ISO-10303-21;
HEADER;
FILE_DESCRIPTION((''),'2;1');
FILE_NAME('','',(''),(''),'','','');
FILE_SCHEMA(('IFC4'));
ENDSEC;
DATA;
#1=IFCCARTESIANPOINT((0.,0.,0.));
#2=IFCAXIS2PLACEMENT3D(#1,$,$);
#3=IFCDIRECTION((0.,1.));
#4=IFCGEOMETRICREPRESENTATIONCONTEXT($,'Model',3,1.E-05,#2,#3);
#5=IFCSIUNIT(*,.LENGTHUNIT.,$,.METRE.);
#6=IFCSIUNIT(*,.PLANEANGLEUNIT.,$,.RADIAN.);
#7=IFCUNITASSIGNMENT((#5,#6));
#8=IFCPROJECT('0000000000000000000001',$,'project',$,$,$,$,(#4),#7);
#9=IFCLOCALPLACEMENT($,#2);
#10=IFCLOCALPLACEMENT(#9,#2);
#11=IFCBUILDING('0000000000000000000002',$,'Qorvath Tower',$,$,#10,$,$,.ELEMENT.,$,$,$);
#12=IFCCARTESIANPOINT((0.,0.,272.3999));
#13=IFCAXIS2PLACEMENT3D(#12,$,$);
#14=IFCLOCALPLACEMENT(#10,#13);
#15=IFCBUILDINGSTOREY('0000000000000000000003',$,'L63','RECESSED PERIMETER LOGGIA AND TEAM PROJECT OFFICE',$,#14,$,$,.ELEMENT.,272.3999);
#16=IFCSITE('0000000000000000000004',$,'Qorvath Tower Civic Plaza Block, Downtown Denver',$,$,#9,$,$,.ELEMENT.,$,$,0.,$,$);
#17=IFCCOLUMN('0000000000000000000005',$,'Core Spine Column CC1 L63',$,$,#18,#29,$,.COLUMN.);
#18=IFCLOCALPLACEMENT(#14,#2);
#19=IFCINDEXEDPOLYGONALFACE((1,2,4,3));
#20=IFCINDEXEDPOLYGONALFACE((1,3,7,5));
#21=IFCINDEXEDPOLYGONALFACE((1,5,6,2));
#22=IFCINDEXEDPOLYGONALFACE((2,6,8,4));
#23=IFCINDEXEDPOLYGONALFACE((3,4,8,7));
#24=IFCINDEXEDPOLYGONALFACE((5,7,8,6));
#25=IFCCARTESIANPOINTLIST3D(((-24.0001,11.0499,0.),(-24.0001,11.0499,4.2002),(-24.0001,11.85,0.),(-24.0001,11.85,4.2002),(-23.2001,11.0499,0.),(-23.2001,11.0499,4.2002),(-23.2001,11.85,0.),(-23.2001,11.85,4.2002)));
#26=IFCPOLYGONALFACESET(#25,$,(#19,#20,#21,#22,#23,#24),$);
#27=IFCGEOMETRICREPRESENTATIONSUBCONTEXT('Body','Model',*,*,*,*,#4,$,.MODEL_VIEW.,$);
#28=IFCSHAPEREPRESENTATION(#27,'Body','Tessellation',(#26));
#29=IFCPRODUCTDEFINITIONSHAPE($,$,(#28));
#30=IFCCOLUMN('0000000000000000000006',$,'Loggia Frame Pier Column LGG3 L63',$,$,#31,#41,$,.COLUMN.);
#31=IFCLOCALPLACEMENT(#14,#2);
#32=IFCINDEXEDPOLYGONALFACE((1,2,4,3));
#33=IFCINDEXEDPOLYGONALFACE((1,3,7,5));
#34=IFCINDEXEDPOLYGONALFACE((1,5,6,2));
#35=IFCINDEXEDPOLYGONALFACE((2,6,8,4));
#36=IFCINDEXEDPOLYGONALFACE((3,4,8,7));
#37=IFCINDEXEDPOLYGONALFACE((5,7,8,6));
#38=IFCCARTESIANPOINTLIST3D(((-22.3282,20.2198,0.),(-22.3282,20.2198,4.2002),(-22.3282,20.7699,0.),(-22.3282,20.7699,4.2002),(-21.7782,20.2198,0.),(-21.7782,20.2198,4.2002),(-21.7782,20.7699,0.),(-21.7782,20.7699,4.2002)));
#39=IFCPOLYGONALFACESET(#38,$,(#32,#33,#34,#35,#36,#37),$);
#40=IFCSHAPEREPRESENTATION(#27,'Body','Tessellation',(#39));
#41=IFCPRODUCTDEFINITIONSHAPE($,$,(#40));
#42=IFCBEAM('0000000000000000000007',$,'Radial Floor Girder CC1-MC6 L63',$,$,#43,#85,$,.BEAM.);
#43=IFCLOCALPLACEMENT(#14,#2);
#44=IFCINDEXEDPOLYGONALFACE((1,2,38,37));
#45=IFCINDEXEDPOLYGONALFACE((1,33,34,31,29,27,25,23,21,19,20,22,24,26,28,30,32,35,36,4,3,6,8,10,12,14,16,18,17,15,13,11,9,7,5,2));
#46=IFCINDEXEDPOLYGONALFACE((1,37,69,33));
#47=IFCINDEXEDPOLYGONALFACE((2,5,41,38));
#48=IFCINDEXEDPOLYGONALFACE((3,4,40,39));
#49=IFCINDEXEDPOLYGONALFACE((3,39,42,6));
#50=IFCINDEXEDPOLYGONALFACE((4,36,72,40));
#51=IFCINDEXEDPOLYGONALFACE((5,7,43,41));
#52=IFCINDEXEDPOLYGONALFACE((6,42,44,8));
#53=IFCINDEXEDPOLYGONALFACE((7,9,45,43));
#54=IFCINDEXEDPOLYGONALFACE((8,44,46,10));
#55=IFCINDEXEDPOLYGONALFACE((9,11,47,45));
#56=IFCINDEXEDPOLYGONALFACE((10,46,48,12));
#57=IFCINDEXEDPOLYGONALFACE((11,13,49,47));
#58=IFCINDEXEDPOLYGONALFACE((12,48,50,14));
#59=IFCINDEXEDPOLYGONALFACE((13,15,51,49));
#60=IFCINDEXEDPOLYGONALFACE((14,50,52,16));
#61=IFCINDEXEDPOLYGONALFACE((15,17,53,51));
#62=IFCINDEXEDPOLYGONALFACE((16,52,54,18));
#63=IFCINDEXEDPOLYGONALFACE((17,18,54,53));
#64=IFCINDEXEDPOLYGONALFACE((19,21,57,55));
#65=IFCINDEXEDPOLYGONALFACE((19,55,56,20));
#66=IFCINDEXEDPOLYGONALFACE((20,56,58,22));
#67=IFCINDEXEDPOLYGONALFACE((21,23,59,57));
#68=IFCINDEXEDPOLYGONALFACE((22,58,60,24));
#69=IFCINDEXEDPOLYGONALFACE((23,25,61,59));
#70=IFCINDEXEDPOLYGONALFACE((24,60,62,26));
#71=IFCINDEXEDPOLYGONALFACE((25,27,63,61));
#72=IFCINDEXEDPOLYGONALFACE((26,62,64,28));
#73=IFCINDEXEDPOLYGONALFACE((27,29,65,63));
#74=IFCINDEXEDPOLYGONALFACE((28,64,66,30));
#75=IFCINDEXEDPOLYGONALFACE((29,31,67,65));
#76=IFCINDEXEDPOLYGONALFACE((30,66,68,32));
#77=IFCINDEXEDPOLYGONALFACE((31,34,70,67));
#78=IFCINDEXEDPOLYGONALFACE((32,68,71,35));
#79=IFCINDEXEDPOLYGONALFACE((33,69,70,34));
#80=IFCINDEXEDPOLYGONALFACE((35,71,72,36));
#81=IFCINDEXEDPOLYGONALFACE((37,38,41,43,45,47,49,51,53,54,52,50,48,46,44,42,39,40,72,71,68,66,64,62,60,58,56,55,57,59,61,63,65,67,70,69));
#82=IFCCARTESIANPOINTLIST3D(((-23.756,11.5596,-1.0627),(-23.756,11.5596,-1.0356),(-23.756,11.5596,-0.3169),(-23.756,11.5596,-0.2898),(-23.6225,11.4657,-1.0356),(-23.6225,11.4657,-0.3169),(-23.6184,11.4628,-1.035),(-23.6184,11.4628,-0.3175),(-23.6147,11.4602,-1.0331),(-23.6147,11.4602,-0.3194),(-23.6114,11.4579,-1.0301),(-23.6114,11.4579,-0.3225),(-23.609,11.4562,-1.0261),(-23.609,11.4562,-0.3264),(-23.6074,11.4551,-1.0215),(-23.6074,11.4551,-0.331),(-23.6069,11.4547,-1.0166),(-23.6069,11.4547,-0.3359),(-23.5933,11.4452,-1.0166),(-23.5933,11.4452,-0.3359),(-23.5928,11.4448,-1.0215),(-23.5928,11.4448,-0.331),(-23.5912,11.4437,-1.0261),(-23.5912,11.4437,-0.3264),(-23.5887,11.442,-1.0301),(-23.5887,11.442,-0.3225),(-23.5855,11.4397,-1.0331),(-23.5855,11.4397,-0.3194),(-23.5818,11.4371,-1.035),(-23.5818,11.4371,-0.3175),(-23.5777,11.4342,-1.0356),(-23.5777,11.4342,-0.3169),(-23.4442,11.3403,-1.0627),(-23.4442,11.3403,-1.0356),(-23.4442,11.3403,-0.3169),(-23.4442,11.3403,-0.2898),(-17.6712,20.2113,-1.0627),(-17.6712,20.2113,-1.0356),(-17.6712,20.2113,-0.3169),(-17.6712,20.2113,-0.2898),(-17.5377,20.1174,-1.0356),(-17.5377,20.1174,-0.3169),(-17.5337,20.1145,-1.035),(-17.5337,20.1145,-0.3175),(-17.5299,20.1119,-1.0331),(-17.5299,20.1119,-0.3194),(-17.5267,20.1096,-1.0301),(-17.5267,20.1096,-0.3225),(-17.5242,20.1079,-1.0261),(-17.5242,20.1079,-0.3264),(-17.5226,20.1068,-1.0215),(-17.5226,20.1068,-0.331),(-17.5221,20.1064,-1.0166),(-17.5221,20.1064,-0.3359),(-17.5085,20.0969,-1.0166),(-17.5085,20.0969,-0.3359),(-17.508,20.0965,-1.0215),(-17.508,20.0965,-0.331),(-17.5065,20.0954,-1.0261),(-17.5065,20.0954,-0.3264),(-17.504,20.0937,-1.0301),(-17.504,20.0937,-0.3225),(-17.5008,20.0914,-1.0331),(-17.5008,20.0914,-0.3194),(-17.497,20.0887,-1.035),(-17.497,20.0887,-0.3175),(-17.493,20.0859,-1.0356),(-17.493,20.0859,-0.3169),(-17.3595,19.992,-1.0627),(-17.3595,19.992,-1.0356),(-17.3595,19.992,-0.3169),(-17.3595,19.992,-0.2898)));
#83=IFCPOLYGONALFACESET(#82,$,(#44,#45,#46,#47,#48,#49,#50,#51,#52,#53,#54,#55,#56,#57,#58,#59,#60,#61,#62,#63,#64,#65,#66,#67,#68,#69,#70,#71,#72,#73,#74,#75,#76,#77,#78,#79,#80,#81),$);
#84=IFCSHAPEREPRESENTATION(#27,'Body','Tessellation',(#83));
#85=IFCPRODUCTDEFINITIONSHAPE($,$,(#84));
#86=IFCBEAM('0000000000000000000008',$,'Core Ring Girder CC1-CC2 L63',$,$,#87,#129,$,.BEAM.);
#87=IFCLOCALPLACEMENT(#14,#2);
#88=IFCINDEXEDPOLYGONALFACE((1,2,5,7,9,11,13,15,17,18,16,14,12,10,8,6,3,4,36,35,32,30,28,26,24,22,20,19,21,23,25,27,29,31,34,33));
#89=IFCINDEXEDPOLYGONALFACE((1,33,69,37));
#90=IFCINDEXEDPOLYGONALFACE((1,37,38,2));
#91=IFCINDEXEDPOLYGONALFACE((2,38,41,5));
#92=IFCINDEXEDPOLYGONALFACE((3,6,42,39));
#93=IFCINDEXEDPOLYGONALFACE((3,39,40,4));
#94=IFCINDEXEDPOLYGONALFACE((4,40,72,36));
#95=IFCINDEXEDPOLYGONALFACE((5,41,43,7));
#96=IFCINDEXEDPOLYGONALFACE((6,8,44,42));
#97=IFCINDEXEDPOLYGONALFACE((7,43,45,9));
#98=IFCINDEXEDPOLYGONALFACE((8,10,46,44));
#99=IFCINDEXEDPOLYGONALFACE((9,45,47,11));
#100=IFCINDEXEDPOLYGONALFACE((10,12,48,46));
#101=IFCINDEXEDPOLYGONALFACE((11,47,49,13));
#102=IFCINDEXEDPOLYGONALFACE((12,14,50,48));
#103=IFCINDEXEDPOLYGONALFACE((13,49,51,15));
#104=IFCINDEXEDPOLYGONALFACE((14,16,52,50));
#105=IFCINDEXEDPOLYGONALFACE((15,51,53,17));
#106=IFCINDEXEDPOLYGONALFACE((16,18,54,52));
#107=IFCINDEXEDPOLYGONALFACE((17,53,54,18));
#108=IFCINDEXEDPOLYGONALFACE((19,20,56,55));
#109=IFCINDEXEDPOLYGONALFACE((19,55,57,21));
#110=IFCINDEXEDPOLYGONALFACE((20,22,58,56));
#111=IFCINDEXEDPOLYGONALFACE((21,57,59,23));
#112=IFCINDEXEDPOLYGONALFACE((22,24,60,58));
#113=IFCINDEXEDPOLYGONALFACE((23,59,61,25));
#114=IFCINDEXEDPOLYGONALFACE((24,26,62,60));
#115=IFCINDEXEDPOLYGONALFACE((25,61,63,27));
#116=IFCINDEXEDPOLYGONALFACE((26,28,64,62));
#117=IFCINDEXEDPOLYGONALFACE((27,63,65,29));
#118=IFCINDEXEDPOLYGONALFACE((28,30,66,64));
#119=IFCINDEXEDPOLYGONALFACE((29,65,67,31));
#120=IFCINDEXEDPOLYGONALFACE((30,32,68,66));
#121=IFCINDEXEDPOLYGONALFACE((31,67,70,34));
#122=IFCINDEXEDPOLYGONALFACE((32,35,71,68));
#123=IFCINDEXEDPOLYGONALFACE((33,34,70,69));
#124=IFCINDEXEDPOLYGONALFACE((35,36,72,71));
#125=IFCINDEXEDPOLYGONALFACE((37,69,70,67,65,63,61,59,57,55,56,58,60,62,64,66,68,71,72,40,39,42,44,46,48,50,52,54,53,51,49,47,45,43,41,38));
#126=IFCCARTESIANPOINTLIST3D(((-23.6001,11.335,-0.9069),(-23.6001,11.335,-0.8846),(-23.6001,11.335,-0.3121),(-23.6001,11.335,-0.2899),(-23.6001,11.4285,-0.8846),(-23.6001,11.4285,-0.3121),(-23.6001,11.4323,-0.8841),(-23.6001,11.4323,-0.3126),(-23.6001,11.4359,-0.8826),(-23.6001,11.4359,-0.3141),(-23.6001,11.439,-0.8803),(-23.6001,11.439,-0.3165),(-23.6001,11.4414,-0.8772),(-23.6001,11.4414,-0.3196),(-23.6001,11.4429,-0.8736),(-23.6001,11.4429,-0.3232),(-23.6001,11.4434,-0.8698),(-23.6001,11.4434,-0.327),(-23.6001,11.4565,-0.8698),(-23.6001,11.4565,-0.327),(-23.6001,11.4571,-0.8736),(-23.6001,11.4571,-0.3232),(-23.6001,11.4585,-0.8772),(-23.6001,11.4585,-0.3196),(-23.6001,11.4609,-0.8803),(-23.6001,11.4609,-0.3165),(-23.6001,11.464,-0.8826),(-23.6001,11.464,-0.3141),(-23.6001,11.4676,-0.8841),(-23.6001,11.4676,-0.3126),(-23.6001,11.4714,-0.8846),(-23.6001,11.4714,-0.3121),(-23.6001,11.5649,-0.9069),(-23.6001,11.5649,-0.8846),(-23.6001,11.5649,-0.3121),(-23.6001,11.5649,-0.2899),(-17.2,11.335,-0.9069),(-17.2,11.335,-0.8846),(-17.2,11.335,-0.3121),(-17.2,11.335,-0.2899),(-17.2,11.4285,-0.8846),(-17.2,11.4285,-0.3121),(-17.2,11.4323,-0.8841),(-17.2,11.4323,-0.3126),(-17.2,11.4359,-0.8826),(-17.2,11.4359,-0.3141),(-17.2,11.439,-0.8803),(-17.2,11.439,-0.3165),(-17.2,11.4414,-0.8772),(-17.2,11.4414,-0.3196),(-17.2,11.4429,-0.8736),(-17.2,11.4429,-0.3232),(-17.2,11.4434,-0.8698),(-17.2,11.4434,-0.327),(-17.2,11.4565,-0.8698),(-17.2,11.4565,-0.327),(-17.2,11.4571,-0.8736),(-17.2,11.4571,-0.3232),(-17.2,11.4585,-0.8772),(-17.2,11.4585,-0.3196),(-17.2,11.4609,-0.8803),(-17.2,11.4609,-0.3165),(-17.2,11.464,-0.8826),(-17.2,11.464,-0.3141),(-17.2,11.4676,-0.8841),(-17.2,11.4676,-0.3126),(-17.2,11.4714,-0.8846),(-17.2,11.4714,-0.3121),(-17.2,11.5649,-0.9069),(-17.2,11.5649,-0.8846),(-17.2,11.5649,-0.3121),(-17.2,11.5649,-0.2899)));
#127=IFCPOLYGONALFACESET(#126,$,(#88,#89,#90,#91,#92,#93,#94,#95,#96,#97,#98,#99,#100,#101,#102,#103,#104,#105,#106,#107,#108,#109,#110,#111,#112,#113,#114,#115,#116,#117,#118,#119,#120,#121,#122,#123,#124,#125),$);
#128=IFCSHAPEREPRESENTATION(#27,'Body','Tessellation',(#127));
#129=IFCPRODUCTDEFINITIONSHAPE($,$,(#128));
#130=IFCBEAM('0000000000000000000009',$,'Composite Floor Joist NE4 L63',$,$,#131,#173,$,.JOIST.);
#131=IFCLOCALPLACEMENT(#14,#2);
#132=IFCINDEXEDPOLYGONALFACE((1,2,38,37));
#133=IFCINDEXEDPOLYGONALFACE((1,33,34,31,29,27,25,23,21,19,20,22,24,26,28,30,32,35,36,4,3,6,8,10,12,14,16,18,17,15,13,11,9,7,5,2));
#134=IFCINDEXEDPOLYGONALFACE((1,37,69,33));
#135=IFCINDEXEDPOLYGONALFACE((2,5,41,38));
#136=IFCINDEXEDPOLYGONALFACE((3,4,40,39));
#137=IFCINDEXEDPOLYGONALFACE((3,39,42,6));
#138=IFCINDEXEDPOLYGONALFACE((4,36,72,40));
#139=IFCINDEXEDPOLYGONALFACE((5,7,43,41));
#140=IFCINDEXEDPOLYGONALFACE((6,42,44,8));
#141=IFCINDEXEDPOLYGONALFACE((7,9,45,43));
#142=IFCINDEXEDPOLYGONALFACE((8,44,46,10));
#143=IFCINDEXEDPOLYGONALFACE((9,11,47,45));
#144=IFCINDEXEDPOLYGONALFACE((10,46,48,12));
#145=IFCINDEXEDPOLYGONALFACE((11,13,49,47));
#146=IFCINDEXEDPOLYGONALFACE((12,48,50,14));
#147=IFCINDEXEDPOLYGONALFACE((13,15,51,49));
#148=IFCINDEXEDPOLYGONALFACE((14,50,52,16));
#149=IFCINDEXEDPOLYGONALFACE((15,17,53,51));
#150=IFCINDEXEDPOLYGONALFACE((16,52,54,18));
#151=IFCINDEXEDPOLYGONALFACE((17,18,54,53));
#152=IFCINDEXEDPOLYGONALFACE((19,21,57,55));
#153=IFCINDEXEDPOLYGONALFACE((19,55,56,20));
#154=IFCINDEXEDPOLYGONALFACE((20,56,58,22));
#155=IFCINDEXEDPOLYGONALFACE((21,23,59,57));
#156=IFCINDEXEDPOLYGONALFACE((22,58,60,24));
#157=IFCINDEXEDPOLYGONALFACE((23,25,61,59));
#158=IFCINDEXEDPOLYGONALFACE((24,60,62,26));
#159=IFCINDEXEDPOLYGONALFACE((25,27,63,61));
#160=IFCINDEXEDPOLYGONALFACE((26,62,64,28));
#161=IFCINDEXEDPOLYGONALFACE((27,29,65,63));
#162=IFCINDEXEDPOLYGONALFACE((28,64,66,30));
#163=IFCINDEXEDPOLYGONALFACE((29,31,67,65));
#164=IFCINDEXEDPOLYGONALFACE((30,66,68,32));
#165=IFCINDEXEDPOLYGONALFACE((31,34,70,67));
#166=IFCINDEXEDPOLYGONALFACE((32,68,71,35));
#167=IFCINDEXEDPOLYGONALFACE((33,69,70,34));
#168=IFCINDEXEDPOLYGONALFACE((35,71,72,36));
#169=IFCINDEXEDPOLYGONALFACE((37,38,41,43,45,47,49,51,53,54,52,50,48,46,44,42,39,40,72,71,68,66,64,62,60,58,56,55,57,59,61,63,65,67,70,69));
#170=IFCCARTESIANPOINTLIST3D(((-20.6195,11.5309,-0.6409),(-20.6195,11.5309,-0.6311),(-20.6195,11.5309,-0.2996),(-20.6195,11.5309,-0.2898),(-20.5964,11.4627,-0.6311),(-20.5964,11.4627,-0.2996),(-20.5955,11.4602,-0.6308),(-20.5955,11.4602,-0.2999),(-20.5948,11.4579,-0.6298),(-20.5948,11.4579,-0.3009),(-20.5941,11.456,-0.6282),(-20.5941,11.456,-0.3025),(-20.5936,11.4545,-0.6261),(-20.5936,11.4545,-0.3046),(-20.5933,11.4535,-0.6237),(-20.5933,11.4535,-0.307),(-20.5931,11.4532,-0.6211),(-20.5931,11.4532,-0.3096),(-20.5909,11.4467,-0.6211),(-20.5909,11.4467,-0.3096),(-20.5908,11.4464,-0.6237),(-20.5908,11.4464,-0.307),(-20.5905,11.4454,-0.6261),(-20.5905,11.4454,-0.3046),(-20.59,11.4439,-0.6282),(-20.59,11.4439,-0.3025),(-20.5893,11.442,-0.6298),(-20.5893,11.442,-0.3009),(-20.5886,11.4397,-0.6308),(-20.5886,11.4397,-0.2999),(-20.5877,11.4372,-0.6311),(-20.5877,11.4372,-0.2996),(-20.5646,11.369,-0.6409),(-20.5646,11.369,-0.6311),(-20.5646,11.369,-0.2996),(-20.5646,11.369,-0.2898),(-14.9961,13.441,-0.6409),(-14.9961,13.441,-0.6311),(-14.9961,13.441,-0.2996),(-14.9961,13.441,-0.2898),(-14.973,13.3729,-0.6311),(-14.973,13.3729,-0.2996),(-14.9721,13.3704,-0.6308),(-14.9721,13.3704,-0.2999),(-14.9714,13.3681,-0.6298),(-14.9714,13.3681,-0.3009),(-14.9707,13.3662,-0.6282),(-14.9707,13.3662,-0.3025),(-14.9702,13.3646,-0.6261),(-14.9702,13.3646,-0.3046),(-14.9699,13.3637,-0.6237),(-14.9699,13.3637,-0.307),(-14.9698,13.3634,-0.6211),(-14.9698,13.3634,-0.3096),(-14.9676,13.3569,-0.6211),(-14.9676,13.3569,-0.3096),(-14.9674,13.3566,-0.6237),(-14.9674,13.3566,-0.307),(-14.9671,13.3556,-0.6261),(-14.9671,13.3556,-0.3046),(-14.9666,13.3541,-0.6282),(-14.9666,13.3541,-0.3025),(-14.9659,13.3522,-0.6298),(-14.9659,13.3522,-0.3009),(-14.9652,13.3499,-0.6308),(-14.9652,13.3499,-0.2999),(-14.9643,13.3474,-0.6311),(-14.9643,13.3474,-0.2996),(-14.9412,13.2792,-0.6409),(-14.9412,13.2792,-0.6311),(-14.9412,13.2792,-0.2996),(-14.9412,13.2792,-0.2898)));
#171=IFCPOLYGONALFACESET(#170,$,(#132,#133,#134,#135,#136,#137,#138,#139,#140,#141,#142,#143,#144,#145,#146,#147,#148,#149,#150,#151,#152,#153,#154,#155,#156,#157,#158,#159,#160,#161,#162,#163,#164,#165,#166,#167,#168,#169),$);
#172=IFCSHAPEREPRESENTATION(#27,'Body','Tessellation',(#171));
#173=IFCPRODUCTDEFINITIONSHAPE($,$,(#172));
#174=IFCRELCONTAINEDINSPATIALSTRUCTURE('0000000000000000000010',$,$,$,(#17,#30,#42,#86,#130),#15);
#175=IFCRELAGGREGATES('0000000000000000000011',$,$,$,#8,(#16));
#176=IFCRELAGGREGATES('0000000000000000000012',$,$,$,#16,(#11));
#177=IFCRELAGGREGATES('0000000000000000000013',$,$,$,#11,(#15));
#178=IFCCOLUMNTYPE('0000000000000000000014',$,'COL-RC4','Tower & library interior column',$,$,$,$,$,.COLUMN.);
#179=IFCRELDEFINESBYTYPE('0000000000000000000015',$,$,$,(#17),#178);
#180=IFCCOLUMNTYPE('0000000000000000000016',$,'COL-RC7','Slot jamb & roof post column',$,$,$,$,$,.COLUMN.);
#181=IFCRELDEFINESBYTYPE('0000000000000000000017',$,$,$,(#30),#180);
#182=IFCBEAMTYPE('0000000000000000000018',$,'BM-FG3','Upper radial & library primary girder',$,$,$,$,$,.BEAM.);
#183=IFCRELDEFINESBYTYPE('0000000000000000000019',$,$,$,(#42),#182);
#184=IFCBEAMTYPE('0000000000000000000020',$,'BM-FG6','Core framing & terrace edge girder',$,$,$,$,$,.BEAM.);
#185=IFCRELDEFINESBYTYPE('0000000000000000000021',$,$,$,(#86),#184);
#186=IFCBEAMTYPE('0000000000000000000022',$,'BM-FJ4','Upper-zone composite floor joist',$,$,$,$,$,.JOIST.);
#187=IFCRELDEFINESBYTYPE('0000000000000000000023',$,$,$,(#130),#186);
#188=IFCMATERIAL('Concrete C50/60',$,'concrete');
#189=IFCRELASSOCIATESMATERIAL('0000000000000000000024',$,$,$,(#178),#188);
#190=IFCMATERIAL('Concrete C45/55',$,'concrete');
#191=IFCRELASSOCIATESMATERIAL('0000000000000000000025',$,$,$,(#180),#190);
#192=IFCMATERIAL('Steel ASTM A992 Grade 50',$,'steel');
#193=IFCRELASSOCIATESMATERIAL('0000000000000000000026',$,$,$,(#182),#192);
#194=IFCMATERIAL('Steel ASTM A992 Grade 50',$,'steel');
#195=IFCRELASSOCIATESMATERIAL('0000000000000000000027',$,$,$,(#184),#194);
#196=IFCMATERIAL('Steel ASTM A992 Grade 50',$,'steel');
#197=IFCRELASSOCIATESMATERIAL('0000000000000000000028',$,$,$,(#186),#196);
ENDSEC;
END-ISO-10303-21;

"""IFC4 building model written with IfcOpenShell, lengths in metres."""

from ifc_helpers import new_model, si_unit, direction, frame, origin, origin_2d, place, context, subcontext, project, spatial, rectangle, i_section, extrude, material, material_profile, profile_set, type_object, element, save


model = new_model("IFC4")

# Units and contexts
model_context = context("Model", 3, precision=1e-05, world=origin(), true_north=direction((0.0, 1.0)))
body_context = subcontext(model_context, "Body", "Model", "MODEL_VIEW")
ifc_project = project(units=[si_unit("LENGTHUNIT", "METRE"), si_unit("PLANEANGLEUNIT", "RADIAN")], contexts=[model_context])

# Site, building, storey
site_placement = place(None, origin())
site = spatial("IfcSite", under=ifc_project, at=site_placement, Name="Qorvath Tower Civic Plaza Block, Downtown Denver", CompositionType="ELEMENT", RefElevation=0.0)
building_placement = place(site_placement, origin())
building = spatial("IfcBuilding", under=site, at=building_placement, Name="Qorvath Tower", CompositionType="ELEMENT")
storey_placement = place(building_placement, frame((0.0, 0.0, 272.3999)))
storey = spatial("IfcBuildingStorey", under=building, at=storey_placement, Name="L63", Description="RECESSED PERIMETER LOGGIA AND TEAM PROJECT OFFICE", CompositionType="ELEMENT", Elevation=272.3999)

# Columns
ifc_material_1 = material(Name="Concrete C50/60", Category="concrete")
ifc_material_profile_1 = material_profile(ifc_material_1, rectangle(XDim=0.8, YDim=0.8, at=origin_2d()), Name="RC 800x800")
ifc_profile_set_1 = profile_set([ifc_material_profile_1], Name="Concrete C50/60")
column_type_1 = type_object("IfcColumnType", Name="COL-RC4", Description="Tower & library interior column", PredefinedType="COLUMN", material=ifc_profile_set_1)
column_1_placement = place(storey_placement, frame((-23.6001, 11.45, 0.0), z_axis=(0.0, 0.0, 1.0), x_axis=(1.0, 0.0, 0.0)))
element("IfcColumn", 1, at=column_1_placement, inside=storey, type_object=column_type_1, Name="Core Spine Column CC1 L63", PredefinedType="COLUMN", context=body_context, shape_type="SweptSolid", body=[
    extrude(rectangle(XDim=0.8, YDim=0.8, at=origin_2d()), origin(), (0.0, 0.0, 1.0), 4.2002),
])
ifc_material_2 = material(Name="Concrete C45/55", Category="concrete")
ifc_material_profile_2 = material_profile(ifc_material_2, rectangle(XDim=0.55, YDim=0.55, at=origin_2d()), Name="RC 550x550")
ifc_profile_set_2 = profile_set([ifc_material_profile_2], Name="Concrete C45/55")
column_type_2 = type_object("IfcColumnType", Name="COL-RC7", Description="Slot jamb & roof post column", PredefinedType="COLUMN", material=ifc_profile_set_2)
column_2_placement = place(storey_placement, frame((-22.0532, 20.4949, 0.0), z_axis=(0.0, 0.0, 1.0), x_axis=(1.0, 0.0, 0.0)))
element("IfcColumn", 2, at=column_2_placement, inside=storey, type_object=column_type_2, Name="Loggia Frame Pier Column LGG3 L63", PredefinedType="COLUMN", context=body_context, shape_type="SweptSolid", body=[
    extrude(rectangle(XDim=0.55, YDim=0.55, at=origin_2d()), origin(), (0.0, 0.0, 1.0), 4.2002),
])

# Beams
ifc_material_3 = material(Name="Steel ASTM A992 Grade 50", Category="steel")
ifc_material_profile_3 = material_profile(ifc_material_3, i_section(OverallWidth=0.3811, OverallDepth=0.7729, WebThickness=0.0166, FlangeThickness=0.0271, FilletRadius=0.019, at=origin_2d()), Name="W30x173")
ifc_profile_set_3 = profile_set([ifc_material_profile_3], Name="Steel ASTM A992 Grade 50")
beam_type_1 = type_object("IfcBeamType", Name="BM-FG3", Description="Upper radial & library primary girder", PredefinedType="BEAM", material=ifc_profile_set_3)
beam_1_placement = place(storey_placement, frame((-23.6001, 11.45, -0.6763), z_axis=(0.575275, 0.81796, 0.0), x_axis=(-0.81796, 0.575275, 0.0)))
element("IfcBeam", 3, at=beam_1_placement, inside=storey, type_object=beam_type_1, Name="Radial Floor Girder CC1-MC6 L63", PredefinedType="BEAM", context=body_context, shape_type="SweptSolid", body=[
    extrude(i_section(OverallWidth=0.3811, OverallDepth=0.7729, WebThickness=0.0166, FlangeThickness=0.0271, FilletRadius=0.019, at=origin_2d()), origin(), (0.0, 0.0, 1.0), 10.5771),
])
ifc_material_4 = material(Name="Steel ASTM A992 Grade 50", Category="steel")
ifc_material_profile_4 = material_profile(ifc_material_4, i_section(OverallWidth=0.23, OverallDepth=0.6169, WebThickness=0.0132, FlangeThickness=0.0222, FilletRadius=0.0149, at=origin_2d()), Name="W24x94")
ifc_profile_set_4 = profile_set([ifc_material_profile_4], Name="Steel ASTM A992 Grade 50")
beam_type_2 = type_object("IfcBeamType", Name="BM-FG6", Description="Core framing & terrace edge girder", PredefinedType="BEAM", material=ifc_profile_set_4)
beam_2_placement = place(storey_placement, frame((-23.6001, 11.45, -0.5984), z_axis=(1.0, 0.0, 0.0), x_axis=(0.0, 1.0, 0.0)))
element("IfcBeam", 4, at=beam_2_placement, inside=storey, type_object=beam_type_2, Name="Core Ring Girder CC1-CC2 L63", PredefinedType="BEAM", context=body_context, shape_type="SweptSolid", body=[
    extrude(i_section(OverallWidth=0.23, OverallDepth=0.6169, WebThickness=0.0132, FlangeThickness=0.0222, FilletRadius=0.0149, at=origin_2d()), origin(), (0.0, 0.0, 1.0), 6.4001),
])
ifc_material_5 = material(Name="Steel ASTM A992 Grade 50", Category="steel")
ifc_material_profile_5 = material_profile(ifc_material_5, i_section(OverallWidth=0.1709, OverallDepth=0.3511, WebThickness=0.0068, FlangeThickness=0.0098, FilletRadius=0.01, at=origin_2d()), Name="W14x30")
ifc_profile_set_5 = profile_set([ifc_material_profile_5], Name="Steel ASTM A992 Grade 50")
beam_type_3 = type_object("IfcBeamType", Name="BM-FJ4", Description="Upper-zone composite floor joist", PredefinedType="JOIST", material=ifc_profile_set_5)
beam_3_placement = place(storey_placement, frame((-20.592, 11.45, -0.4653), z_axis=(0.946863, 0.321637, 0.0), x_axis=(-0.321637, 0.946863, 0.0)))
element("IfcBeam", 5, at=beam_3_placement, inside=storey, type_object=beam_type_3, Name="Composite Floor Joist NE4 L63", PredefinedType="JOIST", context=body_context, shape_type="SweptSolid", body=[
    extrude(i_section(OverallWidth=0.1709, OverallDepth=0.3511, WebThickness=0.0068, FlangeThickness=0.0098, FilletRadius=0.01, at=origin_2d()), origin(), (0.0, 0.0, 1.0), 5.939),
])

save(model, "model.ifc")
